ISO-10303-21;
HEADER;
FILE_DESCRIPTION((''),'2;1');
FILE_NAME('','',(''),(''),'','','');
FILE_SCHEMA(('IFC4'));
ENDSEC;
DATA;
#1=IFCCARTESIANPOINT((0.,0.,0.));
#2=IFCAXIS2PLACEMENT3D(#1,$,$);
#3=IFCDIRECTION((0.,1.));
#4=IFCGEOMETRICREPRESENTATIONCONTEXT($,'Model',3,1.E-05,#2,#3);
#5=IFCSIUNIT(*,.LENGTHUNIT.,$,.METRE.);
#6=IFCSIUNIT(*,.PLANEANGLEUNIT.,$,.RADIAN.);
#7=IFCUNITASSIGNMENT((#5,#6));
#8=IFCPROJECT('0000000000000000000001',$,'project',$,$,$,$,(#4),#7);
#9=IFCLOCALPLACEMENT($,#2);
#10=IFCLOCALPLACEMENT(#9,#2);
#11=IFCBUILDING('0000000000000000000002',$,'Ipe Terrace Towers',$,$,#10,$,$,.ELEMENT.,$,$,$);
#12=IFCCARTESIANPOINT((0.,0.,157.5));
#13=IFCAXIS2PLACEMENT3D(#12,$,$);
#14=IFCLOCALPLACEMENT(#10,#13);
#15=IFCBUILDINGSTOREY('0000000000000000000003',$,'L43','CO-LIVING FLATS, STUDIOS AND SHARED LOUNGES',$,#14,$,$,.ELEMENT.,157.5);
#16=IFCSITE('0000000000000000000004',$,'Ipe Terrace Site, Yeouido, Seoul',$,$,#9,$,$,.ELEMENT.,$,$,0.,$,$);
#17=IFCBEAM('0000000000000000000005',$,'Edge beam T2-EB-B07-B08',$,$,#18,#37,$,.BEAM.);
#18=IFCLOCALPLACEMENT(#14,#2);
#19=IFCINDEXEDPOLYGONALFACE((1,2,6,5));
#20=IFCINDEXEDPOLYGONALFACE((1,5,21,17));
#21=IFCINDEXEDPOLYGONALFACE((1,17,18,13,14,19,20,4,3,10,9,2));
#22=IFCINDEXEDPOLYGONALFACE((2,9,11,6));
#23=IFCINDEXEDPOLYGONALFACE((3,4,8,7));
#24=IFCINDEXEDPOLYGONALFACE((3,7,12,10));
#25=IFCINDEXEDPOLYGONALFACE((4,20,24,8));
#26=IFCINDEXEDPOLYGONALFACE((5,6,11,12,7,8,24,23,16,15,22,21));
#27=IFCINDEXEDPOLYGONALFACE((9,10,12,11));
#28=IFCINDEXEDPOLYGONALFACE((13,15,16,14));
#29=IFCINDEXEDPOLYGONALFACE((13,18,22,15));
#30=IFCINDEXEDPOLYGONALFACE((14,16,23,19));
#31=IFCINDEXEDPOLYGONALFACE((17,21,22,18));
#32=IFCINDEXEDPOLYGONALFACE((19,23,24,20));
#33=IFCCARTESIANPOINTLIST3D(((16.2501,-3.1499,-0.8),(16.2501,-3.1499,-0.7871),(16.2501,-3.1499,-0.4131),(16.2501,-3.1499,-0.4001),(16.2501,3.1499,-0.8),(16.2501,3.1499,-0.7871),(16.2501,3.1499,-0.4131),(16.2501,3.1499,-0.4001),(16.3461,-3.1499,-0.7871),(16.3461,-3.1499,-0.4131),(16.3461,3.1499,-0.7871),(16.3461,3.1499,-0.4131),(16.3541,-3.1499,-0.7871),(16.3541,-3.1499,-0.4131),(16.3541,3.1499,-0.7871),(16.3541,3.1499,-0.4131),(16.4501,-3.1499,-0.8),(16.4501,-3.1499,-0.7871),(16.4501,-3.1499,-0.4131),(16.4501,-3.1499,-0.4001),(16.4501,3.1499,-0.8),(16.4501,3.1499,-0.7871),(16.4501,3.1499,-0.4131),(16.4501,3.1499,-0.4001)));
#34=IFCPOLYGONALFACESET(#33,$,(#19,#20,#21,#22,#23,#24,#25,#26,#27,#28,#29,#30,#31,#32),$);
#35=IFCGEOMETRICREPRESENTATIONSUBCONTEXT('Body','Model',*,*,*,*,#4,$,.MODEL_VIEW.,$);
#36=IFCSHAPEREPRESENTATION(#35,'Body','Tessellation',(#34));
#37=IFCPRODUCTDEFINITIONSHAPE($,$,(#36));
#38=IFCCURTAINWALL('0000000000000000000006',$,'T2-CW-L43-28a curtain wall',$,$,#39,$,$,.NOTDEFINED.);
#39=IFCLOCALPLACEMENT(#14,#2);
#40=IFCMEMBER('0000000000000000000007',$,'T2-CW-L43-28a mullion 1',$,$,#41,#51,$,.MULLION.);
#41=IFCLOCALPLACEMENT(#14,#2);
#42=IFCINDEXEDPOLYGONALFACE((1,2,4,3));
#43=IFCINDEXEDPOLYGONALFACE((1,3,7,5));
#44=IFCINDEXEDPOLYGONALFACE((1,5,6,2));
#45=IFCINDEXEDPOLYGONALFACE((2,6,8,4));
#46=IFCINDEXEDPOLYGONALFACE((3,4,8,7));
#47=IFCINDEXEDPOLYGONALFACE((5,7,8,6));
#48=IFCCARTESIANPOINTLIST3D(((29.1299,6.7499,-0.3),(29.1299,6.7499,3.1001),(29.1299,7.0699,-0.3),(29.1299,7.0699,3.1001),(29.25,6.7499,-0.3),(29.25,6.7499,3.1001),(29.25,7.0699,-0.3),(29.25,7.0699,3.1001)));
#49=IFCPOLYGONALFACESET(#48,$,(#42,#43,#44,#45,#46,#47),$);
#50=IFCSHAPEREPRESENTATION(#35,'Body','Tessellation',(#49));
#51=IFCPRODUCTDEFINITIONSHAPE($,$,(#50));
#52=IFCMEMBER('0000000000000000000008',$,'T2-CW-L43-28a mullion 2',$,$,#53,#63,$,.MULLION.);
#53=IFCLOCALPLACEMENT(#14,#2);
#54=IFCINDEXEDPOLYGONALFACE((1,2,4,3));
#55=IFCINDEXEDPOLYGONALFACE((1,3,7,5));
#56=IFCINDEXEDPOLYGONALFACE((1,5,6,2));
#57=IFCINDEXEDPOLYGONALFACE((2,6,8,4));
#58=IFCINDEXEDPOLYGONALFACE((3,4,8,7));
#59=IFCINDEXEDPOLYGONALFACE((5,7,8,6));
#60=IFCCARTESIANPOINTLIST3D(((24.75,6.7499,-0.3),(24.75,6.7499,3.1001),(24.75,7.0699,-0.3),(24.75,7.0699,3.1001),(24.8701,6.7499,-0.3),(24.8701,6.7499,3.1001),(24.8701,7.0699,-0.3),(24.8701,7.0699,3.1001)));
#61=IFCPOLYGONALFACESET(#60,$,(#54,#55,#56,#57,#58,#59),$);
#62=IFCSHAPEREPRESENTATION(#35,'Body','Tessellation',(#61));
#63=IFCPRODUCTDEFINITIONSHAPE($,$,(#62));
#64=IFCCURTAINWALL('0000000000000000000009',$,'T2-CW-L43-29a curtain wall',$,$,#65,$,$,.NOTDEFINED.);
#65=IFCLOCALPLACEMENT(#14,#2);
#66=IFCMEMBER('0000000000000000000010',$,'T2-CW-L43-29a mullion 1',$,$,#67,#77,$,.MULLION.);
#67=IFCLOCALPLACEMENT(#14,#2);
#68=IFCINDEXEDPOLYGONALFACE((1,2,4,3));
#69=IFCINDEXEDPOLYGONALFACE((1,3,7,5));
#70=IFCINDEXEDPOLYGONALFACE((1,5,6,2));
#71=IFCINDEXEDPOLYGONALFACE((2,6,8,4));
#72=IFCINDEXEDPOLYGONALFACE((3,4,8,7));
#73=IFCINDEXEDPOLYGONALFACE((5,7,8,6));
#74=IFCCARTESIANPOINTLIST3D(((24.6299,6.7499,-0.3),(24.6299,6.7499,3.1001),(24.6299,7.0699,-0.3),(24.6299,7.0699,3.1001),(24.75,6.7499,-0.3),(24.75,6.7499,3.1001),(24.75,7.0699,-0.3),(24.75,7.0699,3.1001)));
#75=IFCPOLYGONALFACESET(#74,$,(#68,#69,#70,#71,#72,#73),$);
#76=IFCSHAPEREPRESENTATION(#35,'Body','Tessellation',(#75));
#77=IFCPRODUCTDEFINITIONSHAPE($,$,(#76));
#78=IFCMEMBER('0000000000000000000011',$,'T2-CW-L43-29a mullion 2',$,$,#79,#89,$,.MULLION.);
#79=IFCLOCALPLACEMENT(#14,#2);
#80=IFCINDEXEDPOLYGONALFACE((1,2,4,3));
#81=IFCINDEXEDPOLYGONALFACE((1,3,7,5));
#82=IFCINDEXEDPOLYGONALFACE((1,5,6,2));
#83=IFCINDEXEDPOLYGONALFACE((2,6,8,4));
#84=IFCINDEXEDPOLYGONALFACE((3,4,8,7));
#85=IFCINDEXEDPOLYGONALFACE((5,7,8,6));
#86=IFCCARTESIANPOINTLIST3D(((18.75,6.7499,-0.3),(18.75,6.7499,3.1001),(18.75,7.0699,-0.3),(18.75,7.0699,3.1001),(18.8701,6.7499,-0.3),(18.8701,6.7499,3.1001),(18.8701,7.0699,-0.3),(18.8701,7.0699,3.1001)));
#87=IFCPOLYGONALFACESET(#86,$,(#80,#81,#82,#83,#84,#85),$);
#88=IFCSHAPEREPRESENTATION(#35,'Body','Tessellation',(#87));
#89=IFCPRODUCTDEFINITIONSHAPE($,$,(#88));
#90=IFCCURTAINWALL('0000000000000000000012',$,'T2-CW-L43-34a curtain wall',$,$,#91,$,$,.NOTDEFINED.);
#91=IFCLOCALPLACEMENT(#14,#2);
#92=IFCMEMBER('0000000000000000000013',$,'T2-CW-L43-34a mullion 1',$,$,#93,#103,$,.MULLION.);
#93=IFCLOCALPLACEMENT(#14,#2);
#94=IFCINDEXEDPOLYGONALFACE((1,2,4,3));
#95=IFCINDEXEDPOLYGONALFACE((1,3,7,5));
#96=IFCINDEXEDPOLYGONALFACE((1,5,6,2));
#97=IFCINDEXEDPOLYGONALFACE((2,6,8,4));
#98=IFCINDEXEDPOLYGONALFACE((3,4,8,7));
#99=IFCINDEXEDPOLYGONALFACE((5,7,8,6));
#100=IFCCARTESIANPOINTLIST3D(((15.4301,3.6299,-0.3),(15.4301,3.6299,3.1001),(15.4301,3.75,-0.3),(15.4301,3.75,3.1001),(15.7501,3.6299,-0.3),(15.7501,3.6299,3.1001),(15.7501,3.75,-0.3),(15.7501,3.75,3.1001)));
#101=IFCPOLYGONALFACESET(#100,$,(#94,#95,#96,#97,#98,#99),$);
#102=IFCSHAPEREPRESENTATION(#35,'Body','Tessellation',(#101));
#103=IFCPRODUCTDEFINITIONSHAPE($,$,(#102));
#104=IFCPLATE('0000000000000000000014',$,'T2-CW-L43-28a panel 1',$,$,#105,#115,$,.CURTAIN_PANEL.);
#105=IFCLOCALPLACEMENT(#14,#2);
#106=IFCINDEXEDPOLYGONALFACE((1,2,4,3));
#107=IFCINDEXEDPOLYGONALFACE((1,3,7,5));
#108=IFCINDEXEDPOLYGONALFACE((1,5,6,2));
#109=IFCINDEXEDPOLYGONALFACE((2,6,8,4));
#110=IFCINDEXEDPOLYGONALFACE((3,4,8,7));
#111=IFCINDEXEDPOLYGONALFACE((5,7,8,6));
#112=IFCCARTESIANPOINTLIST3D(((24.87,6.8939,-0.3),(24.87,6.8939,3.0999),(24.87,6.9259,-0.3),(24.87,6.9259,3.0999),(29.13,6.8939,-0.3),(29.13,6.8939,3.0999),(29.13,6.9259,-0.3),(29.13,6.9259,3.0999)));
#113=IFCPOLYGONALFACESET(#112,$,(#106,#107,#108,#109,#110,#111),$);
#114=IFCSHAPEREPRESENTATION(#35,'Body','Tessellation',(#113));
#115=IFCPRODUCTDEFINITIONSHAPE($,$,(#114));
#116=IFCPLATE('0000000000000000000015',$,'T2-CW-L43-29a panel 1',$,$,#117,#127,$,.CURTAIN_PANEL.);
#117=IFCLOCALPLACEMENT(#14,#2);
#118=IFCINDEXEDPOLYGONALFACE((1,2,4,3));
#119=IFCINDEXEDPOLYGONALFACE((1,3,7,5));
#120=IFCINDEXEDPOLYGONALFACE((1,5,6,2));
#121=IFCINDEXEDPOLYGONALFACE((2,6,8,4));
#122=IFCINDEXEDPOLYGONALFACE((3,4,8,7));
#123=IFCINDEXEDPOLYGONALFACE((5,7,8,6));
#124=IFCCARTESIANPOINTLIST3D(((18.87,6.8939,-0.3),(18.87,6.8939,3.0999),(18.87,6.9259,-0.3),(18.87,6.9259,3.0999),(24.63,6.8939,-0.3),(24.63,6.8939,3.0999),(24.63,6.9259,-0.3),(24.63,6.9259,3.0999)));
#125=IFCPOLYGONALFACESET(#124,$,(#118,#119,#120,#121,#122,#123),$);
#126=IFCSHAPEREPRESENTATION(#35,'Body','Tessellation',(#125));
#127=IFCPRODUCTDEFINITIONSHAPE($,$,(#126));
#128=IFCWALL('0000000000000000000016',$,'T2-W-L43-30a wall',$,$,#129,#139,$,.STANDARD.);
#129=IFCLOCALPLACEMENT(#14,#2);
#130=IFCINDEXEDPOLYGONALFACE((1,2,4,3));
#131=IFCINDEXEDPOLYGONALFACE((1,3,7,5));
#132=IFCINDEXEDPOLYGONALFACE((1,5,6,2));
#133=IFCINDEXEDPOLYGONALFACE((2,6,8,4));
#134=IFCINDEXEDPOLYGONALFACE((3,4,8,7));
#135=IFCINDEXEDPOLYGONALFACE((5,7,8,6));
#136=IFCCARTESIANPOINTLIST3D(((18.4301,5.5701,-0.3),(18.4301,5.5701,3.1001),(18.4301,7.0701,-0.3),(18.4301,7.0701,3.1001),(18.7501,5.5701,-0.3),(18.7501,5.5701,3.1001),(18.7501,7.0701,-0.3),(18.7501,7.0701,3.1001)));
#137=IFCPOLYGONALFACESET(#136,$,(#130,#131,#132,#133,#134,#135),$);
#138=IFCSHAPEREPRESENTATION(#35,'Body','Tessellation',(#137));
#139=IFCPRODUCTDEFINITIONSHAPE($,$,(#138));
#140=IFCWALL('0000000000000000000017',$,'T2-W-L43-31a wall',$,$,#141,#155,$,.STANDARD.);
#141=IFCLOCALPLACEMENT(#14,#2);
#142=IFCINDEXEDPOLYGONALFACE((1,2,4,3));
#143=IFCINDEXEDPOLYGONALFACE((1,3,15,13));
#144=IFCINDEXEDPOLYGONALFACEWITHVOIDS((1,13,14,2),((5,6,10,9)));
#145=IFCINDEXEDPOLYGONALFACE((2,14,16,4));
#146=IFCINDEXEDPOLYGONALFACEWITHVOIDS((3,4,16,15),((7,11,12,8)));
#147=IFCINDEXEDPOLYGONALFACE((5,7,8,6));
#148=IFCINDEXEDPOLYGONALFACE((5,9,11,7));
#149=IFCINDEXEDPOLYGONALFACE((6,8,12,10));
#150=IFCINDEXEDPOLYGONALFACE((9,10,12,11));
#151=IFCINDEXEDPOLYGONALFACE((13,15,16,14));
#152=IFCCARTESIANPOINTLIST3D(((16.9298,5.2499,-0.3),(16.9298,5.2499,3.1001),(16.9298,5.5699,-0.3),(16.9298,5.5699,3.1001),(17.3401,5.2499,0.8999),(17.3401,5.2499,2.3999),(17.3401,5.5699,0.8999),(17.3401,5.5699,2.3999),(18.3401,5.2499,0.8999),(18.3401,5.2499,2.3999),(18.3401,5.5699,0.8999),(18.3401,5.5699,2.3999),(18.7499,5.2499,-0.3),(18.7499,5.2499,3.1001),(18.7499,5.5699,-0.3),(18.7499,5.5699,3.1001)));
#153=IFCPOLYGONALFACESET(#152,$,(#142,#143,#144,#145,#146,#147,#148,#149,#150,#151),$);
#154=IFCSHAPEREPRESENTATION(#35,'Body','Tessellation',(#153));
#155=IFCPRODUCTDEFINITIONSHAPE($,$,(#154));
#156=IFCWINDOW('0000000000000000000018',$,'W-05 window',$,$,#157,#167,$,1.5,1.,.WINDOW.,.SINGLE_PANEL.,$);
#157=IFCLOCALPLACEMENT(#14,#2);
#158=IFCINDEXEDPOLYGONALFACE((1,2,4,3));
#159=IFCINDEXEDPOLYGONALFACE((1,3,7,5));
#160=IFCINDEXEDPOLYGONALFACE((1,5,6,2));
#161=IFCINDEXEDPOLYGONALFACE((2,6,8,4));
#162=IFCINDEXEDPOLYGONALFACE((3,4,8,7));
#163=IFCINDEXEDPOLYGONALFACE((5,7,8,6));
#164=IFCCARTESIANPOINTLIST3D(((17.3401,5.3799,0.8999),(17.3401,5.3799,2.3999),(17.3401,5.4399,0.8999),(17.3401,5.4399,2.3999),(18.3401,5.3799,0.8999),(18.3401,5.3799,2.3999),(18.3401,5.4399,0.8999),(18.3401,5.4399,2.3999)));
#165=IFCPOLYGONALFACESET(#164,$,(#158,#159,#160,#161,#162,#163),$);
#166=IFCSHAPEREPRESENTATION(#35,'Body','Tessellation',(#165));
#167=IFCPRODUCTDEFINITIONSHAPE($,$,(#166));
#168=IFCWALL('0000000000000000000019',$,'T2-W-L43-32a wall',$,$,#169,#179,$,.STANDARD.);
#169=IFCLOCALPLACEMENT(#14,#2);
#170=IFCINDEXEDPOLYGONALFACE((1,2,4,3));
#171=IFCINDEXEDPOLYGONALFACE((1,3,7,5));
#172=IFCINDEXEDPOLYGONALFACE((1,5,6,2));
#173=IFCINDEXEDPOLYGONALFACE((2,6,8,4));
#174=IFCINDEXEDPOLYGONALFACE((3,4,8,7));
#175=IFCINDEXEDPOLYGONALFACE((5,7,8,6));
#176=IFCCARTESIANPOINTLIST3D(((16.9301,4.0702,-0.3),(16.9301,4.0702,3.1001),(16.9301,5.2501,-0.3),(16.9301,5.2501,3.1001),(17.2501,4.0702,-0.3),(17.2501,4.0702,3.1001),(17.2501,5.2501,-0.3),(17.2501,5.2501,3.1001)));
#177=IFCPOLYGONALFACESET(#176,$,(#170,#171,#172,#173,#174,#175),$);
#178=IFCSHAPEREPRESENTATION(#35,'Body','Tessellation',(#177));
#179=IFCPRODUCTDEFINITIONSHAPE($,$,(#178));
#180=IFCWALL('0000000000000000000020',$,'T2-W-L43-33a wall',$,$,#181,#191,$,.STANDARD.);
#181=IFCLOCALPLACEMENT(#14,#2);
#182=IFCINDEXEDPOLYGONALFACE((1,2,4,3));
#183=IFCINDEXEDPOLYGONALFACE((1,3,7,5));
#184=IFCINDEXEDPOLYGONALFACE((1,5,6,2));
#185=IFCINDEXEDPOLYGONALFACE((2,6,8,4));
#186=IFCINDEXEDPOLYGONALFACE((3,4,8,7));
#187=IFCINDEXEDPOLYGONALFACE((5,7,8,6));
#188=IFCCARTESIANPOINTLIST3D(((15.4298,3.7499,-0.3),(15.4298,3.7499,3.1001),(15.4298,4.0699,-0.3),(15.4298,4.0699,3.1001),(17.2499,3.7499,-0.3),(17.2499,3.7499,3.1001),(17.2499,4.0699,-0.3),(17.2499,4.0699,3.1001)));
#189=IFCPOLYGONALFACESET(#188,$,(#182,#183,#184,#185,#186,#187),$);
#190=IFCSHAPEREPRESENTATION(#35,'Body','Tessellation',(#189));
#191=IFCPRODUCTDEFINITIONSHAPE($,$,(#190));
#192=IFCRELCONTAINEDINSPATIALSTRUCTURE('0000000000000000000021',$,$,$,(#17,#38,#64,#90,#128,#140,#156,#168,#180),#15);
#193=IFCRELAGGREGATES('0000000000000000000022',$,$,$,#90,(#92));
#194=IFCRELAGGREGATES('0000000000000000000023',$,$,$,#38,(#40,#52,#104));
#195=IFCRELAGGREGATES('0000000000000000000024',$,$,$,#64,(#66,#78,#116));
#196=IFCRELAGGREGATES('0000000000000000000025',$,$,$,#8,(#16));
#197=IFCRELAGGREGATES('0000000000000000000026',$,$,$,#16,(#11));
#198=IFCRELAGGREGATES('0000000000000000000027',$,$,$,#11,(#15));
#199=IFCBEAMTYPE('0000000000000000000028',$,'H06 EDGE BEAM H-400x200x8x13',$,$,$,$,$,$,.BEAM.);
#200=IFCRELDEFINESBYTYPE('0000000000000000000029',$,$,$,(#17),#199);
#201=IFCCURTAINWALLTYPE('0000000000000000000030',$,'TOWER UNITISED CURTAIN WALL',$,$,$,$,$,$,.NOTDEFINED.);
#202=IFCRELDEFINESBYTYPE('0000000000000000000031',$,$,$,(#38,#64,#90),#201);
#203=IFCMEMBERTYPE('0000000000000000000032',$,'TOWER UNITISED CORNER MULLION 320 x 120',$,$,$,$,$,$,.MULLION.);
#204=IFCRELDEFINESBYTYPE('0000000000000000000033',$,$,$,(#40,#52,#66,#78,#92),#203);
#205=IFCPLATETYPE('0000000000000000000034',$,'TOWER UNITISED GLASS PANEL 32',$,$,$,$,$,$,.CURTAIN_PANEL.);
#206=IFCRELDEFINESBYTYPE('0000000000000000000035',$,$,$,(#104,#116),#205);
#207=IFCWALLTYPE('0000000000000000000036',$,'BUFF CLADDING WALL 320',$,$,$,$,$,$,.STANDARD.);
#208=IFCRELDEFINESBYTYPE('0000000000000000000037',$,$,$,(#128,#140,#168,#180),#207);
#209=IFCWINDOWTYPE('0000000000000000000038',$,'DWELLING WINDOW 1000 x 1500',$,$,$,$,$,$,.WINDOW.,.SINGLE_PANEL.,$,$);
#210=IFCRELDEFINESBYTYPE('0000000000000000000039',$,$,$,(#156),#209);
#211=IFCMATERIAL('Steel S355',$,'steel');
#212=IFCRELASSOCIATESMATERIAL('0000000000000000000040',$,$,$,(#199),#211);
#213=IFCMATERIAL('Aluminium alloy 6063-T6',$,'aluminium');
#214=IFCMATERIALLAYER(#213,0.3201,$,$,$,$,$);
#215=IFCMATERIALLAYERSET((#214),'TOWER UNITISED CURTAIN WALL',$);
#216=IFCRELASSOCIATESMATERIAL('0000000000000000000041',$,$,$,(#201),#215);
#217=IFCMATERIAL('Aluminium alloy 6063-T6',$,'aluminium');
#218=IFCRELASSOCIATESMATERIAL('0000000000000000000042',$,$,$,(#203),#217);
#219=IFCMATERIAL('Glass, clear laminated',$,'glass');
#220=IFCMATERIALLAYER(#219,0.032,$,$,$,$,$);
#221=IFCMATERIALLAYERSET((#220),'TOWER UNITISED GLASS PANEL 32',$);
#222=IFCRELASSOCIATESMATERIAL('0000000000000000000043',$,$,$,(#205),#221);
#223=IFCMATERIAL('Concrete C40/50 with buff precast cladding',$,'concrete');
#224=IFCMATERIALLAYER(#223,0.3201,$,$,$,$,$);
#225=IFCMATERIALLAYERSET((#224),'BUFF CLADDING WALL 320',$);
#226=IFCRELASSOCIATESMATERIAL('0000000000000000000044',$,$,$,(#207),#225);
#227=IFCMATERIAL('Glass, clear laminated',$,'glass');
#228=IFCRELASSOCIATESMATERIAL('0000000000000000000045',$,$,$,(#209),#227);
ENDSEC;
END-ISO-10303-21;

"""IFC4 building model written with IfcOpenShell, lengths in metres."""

from ifc_helpers import new_model, si_unit, direction, frame, frame_2d, origin, origin_2d, place, context, subcontext, project, spatial, rectangle, i_section, extrude, material, layer, layer_set, material_profile, profile_set, type_object, element, fill, aggregate, save


model = new_model("IFC4")

# Units and contexts
model_context = context("Model", 3, precision=1e-05, world=origin(), true_north=direction((0.0, 1.0)))
body_context = subcontext(model_context, "Body", "Model", "MODEL_VIEW")
ifc_project = project(units=[si_unit("LENGTHUNIT", "METRE"), si_unit("PLANEANGLEUNIT", "RADIAN")], contexts=[model_context])

# Site, building, storey
site_placement = place(None, origin())
site = spatial("IfcSite", under=ifc_project, at=site_placement, Name="Ipe Terrace Site, Yeouido, Seoul", CompositionType="ELEMENT", RefElevation=0.0)
building_placement = place(site_placement, origin())
building = spatial("IfcBuilding", under=site, at=building_placement, Name="Ipe Terrace Towers", CompositionType="ELEMENT")
storey_placement = place(building_placement, frame((0.0, 0.0, 157.5)))
storey = spatial("IfcBuildingStorey", under=building, at=storey_placement, Name="L43", Description="CO-LIVING FLATS, STUDIOS AND SHARED LOUNGES", CompositionType="ELEMENT", Elevation=157.5)

# Beam
ifc_material_1 = material(Name="Steel S355", Category="steel")
ifc_material_profile_1 = material_profile(ifc_material_1, i_section(OverallWidth=0.2, OverallDepth=0.3999, WebThickness=0.0081, FlangeThickness=0.0129, at=origin_2d()), Name="H-400x200x8x13")
ifc_profile_set_1 = profile_set([ifc_material_profile_1], Name="Steel S355")
beam_type_1 = type_object("IfcBeamType", Name="H06 EDGE BEAM H-400x200x8x13", PredefinedType="BEAM", material=ifc_profile_set_1)
beam_1_placement = place(storey_placement, frame((16.3501, 3.1499, -0.6001), z_axis=(0.0, -1.0, 0.0), x_axis=(1.0, 0.0, 0.0)))
element("IfcBeam", 1, at=beam_1_placement, inside=storey, type_object=beam_type_1, Name="Edge beam T2-EB-B07-B08", PredefinedType="BEAM", context=body_context, shape_type="SweptSolid", body=[
    extrude(i_section(OverallWidth=0.2, OverallDepth=0.3999, WebThickness=0.0081, FlangeThickness=0.0129, at=origin_2d()), origin(), (0.0, 0.0, 1.0), 6.2998),
])

# Curtain walls, members
ifc_material_2 = material(Name="Aluminium alloy 6063-T6", Category="aluminium")
ifc_layer_1 = layer(ifc_material_2, 0.3201)
ifc_layer_set_1 = layer_set([ifc_layer_1], Name="TOWER UNITISED CURTAIN WALL")
curtain_wall_type = type_object("IfcCurtainWallType", Name="TOWER UNITISED CURTAIN WALL", PredefinedType="NOTDEFINED", material=ifc_layer_set_1)
curtain_wall_1_placement = place(storey_placement, origin())
curtain_wall_1 = element("IfcCurtainWall", 2, at=curtain_wall_1_placement, inside=storey, type_object=curtain_wall_type, Name="T2-CW-L43-28a curtain wall", PredefinedType="NOTDEFINED")
ifc_material_3 = material(Name="Aluminium alloy 6063-T6", Category="aluminium")
ifc_material_profile_2 = material_profile(ifc_material_3, rectangle(XDim=0.3201, YDim=0.1201, at=origin_2d()), Name="TOWER UNITISED CORNER MULLION 320 x 120")
ifc_profile_set_2 = profile_set([ifc_material_profile_2], Name="Aluminium alloy 6063-T6")
member_type = type_object("IfcMemberType", Name="TOWER UNITISED CORNER MULLION 320 x 120", PredefinedType="MULLION", material=ifc_profile_set_2)
member_1_placement = place(storey_placement, frame((29.1899, 6.9099, -0.3), z_axis=(0.0, 0.0, 1.0), x_axis=(0.0, 1.0, 0.0)))
member_1 = element("IfcMember", 3, at=member_1_placement, type_object=member_type, Name="T2-CW-L43-28a mullion 1", PredefinedType="MULLION", context=body_context, shape_type="SweptSolid", body=[
    extrude(rectangle(XDim=0.3201, YDim=0.1201, at=origin_2d()), origin(), (0.0, 0.0, 1.0), 3.4001),
])
member_2_placement = place(storey_placement, frame((24.8101, 6.9099, -0.3), z_axis=(0.0, 0.0, 1.0), x_axis=(0.0, 1.0, 0.0)))
member_2 = element("IfcMember", 4, at=member_2_placement, type_object=member_type, Name="T2-CW-L43-28a mullion 2", PredefinedType="MULLION", context=body_context, shape_type="SweptSolid", body=[
    extrude(rectangle(XDim=0.3201, YDim=0.1201, at=origin_2d()), origin(), (0.0, 0.0, 1.0), 3.4001),
])
curtain_wall_2_placement = place(storey_placement, origin())
curtain_wall_2 = element("IfcCurtainWall", 5, at=curtain_wall_2_placement, inside=storey, type_object=curtain_wall_type, Name="T2-CW-L43-29a curtain wall", PredefinedType="NOTDEFINED")
member_3_placement = place(storey_placement, frame((24.6899, 6.9099, -0.3), z_axis=(0.0, 0.0, 1.0), x_axis=(0.0, 1.0, 0.0)))
member_3 = element("IfcMember", 6, at=member_3_placement, type_object=member_type, Name="T2-CW-L43-29a mullion 1", PredefinedType="MULLION", context=body_context, shape_type="SweptSolid", body=[
    extrude(rectangle(XDim=0.3201, YDim=0.1201, at=origin_2d()), origin(), (0.0, 0.0, 1.0), 3.4001),
])
member_4_placement = place(storey_placement, frame((18.8101, 6.9099, -0.3), z_axis=(0.0, 0.0, 1.0), x_axis=(0.0, 1.0, 0.0)))
member_4 = element("IfcMember", 7, at=member_4_placement, type_object=member_type, Name="T2-CW-L43-29a mullion 2", PredefinedType="MULLION", context=body_context, shape_type="SweptSolid", body=[
    extrude(rectangle(XDim=0.3201, YDim=0.1201, at=origin_2d()), origin(), (0.0, 0.0, 1.0), 3.4001),
])

# Curtain wall, member
curtain_wall_3_placement = place(storey_placement, origin())
curtain_wall_3 = element("IfcCurtainWall", 8, at=curtain_wall_3_placement, inside=storey, type_object=curtain_wall_type, Name="T2-CW-L43-34a curtain wall", PredefinedType="NOTDEFINED")
member_5_placement = place(storey_placement, frame((15.5901, 3.6899, -0.3), z_axis=(0.0, 0.0, 1.0), x_axis=(-1.0, 0.0, 0.0)))
member_5 = element("IfcMember", 9, at=member_5_placement, type_object=member_type, Name="T2-CW-L43-34a mullion 1", PredefinedType="MULLION", context=body_context, shape_type="SweptSolid", body=[
    extrude(rectangle(XDim=0.3201, YDim=0.1201, at=origin_2d()), origin(), (0.0, 0.0, 1.0), 3.4001),
])
aggregate(curtain_wall_3, [member_5])

# Plates
ifc_material_4 = material(Name="Glass, clear laminated", Category="glass")
ifc_layer_2 = layer(ifc_material_4, 0.032)
ifc_layer_set_2 = layer_set([ifc_layer_2], Name="TOWER UNITISED GLASS PANEL 32")
plate_type = type_object("IfcPlateType", Name="TOWER UNITISED GLASS PANEL 32", PredefinedType="CURTAIN_PANEL", material=ifc_layer_set_2)
plate_1_placement = place(storey_placement, frame((27.0, 6.9099, -0.3), z_axis=(0.0, 0.0, 1.0), x_axis=(-1.0, 0.0, 0.0)))
plate_1 = element("IfcPlate", 10, at=plate_1_placement, type_object=plate_type, Name="T2-CW-L43-28a panel 1", PredefinedType="CURTAIN_PANEL", context=body_context, shape_type="SweptSolid", body=[
    extrude(rectangle(XDim=4.26, YDim=0.032, at=origin_2d()), origin(), (0.0, 0.0, 1.0), 3.3999),
])
aggregate(curtain_wall_1, [member_1, member_2, plate_1])
plate_2_placement = place(storey_placement, frame((21.75, 6.9099, -0.3), z_axis=(0.0, 0.0, 1.0), x_axis=(-1.0, 0.0, 0.0)))
plate_2 = element("IfcPlate", 11, at=plate_2_placement, type_object=plate_type, Name="T2-CW-L43-29a panel 1", PredefinedType="CURTAIN_PANEL", context=body_context, shape_type="SweptSolid", body=[
    extrude(rectangle(XDim=5.76, YDim=0.032, at=origin_2d()), origin(), (0.0, 0.0, 1.0), 3.3999),
])
aggregate(curtain_wall_2, [member_3, member_4, plate_2])

# Wall
ifc_material_5 = material(Name="Concrete C40/50 with buff precast cladding", Category="concrete")
ifc_layer_3 = layer(ifc_material_5, 0.3201)
ifc_layer_set_3 = layer_set([ifc_layer_3], Name="BUFF CLADDING WALL 320")
wall_type_1 = type_object("IfcWallType", Name="BUFF CLADDING WALL 320", PredefinedType="STANDARD", material=ifc_layer_set_3)
wall_1_placement = place(storey_placement, frame((18.5901, 7.0701, -0.3), z_axis=(0.0, 0.0, 1.0), x_axis=(0.0, -1.0, 0.0)))
element("IfcWall", 12, at=wall_1_placement, inside=storey, type_object=wall_type_1, Name="T2-W-L43-30a wall", PredefinedType="STANDARD", context=body_context, shape_type="SweptSolid", body=[
    extrude(rectangle(XDim=1.5, YDim=0.3201, at=frame_2d((0.75, 0.0))), origin(), (0.0, 0.0, 1.0), 3.4001),
])

# Wall, opening, window
wall_2_placement = place(storey_placement, frame((18.75, 5.4099, -0.3), z_axis=(0.0, 0.0, 1.0), x_axis=(-1.0, 0.0, 0.0)))
wall_2 = element("IfcWall", 13, at=wall_2_placement, inside=storey, type_object=wall_type_1, Name="T2-W-L43-31a wall", PredefinedType="STANDARD", context=body_context, shape_type="SweptSolid", body=[
    extrude(rectangle(XDim=1.8201, YDim=0.3201, at=frame_2d((0.9102, 0.0))), origin(), (0.0, 0.0, 1.0), 3.4001),
])
opening_1_placement = place(wall_2_placement, frame((0.4099, 0.0, 1.2)))
opening_1 = element("IfcOpeningElement", 14, at=opening_1_placement, cuts=wall_2, PredefinedType="OPENING", context=body_context, shape_type="SweptSolid", body=[
    extrude(rectangle(XDim=1.0, YDim=1.5, at=frame_2d((0.5, 0.75))), frame((0.0, 0.1699, 0.0), z_axis=(0.0, -1.0, 0.0), x_axis=(1.0, 0.0, 0.0)), (0.0, 0.0, 1.0), 0.3401),
])
ifc_material_6 = material(Name="Glass, clear laminated", Category="glass")
window_type = type_object("IfcWindowType", Name="DWELLING WINDOW 1000 x 1500", PartitioningType="SINGLE_PANEL", PredefinedType="WINDOW", material=ifc_material_6)
window_placement = place(opening_1_placement, origin())
window = element("IfcWindow", 15, at=window_placement, inside=storey, type_object=window_type, Name="W-05 window", OverallHeight=1.5, OverallWidth=1.0, PartitioningType="SINGLE_PANEL", PredefinedType="WINDOW", context=body_context, shape_type="SweptSolid", body=[
    extrude(rectangle(XDim=1.0, YDim=1.5, at=frame_2d((0.5, 0.75))), frame((0.0, 0.03, 0.0), z_axis=(0.0, -1.0, 0.0), x_axis=(1.0, 0.0, 0.0)), (0.0, 0.0, 1.0), 0.0601),
])
fill(opening_1, window)

# Walls
wall_3_placement = place(storey_placement, frame((17.0901, 5.25, -0.3), z_axis=(0.0, 0.0, 1.0), x_axis=(0.0, -1.0, 0.0)))
element("IfcWall", 16, at=wall_3_placement, inside=storey, type_object=wall_type_1, Name="T2-W-L43-32a wall", PredefinedType="STANDARD", context=body_context, shape_type="SweptSolid", body=[
    extrude(rectangle(XDim=1.1799, YDim=0.3201, at=frame_2d((0.5898, 0.0))), origin(), (0.0, 0.0, 1.0), 3.4001),
])
wall_4_placement = place(storey_placement, frame((17.25, 3.9099, -0.3), z_axis=(0.0, 0.0, 1.0), x_axis=(-1.0, 0.0, 0.0)))
element("IfcWall", 17, at=wall_4_placement, inside=storey, type_object=wall_type_1, Name="T2-W-L43-33a wall", PredefinedType="STANDARD", context=body_context, shape_type="SweptSolid", body=[
    extrude(rectangle(XDim=1.8201, YDim=0.3201, at=frame_2d((0.9102, 0.0))), origin(), (0.0, 0.0, 1.0), 3.4001),
])

save(model, "model.ifc")
